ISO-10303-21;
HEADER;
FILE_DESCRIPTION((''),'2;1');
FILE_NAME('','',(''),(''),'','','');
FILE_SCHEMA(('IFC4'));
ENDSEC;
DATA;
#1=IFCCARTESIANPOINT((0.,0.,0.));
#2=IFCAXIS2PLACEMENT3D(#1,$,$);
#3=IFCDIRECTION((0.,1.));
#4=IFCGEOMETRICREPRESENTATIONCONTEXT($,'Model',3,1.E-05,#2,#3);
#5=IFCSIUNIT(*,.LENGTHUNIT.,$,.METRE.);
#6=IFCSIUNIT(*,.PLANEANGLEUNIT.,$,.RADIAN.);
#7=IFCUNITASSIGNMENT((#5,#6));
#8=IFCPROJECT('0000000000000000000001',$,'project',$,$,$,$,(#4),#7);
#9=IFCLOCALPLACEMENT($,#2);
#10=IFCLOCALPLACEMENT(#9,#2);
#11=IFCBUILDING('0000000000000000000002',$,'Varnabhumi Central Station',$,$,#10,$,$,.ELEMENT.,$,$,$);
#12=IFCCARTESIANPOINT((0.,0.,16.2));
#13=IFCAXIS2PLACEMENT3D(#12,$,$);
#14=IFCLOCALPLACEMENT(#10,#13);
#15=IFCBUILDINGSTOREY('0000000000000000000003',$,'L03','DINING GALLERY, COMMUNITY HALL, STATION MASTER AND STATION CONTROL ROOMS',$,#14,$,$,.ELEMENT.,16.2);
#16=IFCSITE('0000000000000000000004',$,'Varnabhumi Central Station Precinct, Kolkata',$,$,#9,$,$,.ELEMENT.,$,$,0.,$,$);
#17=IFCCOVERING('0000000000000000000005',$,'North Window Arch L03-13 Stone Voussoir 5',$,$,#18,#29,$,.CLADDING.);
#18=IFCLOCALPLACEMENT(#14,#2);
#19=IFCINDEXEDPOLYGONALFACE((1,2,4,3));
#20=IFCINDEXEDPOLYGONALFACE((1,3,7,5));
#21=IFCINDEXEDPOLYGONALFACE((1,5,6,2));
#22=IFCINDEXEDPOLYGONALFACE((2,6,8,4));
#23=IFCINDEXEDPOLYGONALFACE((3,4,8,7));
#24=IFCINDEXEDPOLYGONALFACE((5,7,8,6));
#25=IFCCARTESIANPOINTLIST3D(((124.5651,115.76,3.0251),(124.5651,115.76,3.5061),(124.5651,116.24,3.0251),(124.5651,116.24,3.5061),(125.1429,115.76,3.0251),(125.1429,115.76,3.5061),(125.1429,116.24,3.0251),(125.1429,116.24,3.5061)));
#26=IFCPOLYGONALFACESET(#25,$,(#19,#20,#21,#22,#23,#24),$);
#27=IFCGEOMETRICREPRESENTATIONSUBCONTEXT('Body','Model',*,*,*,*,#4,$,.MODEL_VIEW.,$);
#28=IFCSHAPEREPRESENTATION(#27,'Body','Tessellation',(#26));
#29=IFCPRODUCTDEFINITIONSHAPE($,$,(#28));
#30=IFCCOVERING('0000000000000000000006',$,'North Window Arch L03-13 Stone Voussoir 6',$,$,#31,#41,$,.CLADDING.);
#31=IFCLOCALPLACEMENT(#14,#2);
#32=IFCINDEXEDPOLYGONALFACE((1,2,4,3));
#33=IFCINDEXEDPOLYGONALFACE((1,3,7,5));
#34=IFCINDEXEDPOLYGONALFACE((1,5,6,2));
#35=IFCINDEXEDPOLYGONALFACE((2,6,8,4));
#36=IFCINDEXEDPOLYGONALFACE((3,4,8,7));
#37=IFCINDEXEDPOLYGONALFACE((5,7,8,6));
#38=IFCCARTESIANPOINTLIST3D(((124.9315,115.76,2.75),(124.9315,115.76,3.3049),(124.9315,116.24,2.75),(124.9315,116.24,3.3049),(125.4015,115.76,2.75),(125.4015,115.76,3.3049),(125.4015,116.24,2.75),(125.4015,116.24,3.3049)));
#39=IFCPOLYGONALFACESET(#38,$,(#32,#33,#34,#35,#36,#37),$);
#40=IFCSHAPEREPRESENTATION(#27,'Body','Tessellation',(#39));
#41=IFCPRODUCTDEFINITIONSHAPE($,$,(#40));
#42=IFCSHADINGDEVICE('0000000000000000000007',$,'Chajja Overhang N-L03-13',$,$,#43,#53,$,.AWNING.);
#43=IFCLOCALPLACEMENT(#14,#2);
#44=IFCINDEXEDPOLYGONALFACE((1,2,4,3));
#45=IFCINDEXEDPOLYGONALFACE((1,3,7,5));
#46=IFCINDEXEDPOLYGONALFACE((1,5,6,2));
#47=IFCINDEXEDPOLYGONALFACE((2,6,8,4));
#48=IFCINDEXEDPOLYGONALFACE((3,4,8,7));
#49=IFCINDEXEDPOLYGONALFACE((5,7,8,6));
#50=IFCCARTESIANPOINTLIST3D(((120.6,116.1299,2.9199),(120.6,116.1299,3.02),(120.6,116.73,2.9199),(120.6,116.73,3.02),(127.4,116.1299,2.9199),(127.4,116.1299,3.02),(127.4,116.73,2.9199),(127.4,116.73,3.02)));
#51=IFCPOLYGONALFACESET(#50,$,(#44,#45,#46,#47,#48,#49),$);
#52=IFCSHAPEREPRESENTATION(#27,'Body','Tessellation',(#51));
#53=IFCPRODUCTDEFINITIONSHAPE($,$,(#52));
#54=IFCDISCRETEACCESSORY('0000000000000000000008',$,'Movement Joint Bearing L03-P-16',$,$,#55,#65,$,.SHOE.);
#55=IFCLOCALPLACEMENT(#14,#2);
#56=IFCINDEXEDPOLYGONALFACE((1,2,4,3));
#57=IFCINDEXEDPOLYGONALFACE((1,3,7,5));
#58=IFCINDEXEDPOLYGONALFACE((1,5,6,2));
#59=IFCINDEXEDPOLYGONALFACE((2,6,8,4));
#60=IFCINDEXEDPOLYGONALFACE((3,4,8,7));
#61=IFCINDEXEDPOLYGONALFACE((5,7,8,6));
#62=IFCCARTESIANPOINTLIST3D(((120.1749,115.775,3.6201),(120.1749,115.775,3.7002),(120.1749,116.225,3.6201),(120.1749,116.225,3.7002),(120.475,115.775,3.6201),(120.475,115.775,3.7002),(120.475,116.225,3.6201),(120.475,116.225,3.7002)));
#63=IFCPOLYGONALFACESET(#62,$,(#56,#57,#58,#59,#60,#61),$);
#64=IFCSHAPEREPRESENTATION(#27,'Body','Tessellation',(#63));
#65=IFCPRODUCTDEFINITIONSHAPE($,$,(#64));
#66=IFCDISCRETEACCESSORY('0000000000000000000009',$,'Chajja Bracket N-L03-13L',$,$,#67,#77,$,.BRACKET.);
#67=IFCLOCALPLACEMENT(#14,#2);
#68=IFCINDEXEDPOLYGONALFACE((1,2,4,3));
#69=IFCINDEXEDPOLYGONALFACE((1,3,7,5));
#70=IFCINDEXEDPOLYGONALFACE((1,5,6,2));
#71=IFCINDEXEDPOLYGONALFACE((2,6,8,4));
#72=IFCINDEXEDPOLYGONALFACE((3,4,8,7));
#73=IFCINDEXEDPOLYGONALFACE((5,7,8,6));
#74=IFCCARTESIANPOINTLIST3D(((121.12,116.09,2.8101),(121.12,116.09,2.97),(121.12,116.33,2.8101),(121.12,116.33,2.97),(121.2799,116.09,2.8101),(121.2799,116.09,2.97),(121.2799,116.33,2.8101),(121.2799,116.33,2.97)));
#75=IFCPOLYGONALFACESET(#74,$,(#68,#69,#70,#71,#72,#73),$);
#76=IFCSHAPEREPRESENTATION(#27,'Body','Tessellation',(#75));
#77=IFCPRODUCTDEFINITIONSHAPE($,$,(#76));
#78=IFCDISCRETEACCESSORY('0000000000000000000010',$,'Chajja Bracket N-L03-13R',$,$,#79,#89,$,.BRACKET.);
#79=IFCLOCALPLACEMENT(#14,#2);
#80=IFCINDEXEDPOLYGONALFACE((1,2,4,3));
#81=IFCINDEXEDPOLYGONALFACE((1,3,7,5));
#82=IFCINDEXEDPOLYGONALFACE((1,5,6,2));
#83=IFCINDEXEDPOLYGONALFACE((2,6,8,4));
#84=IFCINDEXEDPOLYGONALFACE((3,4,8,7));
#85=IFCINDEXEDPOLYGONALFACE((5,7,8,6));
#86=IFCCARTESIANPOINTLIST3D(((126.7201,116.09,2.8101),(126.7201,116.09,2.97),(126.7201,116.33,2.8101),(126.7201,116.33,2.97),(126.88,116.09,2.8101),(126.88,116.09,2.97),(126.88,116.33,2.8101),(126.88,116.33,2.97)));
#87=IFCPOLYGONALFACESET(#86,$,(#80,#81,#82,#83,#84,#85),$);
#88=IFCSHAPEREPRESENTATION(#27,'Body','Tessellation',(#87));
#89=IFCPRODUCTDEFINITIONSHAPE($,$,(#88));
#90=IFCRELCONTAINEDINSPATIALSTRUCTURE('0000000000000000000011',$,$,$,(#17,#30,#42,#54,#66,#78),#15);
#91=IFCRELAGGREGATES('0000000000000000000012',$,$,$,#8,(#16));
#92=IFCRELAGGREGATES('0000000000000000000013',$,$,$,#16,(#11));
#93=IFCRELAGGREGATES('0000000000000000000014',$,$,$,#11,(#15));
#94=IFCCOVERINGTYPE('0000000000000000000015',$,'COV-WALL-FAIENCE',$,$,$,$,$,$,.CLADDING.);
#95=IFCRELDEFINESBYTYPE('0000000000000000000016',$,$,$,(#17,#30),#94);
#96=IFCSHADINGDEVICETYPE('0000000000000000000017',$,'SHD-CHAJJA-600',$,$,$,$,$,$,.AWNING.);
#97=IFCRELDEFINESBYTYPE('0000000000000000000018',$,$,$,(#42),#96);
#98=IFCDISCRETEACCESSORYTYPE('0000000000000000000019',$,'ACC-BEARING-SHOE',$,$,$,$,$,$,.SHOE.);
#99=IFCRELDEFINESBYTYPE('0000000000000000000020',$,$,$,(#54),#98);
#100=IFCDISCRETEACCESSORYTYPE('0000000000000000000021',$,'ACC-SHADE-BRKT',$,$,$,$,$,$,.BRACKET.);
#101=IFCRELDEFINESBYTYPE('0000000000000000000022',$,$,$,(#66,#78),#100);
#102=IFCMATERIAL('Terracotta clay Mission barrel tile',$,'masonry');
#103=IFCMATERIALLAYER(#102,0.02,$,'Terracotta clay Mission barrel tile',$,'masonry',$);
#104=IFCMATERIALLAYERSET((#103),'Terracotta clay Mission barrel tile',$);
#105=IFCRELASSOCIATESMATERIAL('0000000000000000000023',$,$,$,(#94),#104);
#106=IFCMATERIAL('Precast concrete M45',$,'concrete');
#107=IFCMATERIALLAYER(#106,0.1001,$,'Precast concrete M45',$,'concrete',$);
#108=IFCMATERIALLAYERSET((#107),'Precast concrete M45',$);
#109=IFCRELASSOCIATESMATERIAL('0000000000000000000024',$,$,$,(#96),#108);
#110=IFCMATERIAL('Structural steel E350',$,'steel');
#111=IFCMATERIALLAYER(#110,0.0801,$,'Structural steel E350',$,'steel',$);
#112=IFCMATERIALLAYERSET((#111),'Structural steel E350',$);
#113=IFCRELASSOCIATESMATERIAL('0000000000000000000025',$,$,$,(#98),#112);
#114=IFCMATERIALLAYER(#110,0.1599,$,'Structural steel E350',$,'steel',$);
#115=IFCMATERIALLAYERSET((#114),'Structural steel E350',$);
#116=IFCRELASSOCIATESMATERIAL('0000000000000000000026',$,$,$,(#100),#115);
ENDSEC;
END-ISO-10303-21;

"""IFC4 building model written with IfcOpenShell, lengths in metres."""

from ifc_helpers import new_model, si_unit, direction, frame, origin, origin_2d, place, context, subcontext, project, spatial, rectangle, extrude, material, layer, layer_set, type_object, element, save


model = new_model("IFC4")

# Units and contexts
model_context = context("Model", 3, precision=1e-05, world=origin(), true_north=direction((0.0, 1.0)))
body_context = subcontext(model_context, "Body", "Model", "MODEL_VIEW")
ifc_project = project(units=[si_unit("LENGTHUNIT", "METRE"), si_unit("PLANEANGLEUNIT", "RADIAN")], contexts=[model_context])

# Site, building, storey
site_placement = place(None, origin())
site = spatial("IfcSite", under=ifc_project, at=site_placement, Name="Varnabhumi Central Station Precinct, Kolkata", CompositionType="ELEMENT", RefElevation=0.0)
building_placement = place(site_placement, origin())
building = spatial("IfcBuilding", under=site, at=building_placement, Name="Varnabhumi Central Station", CompositionType="ELEMENT")
storey_placement = place(building_placement, frame((0.0, 0.0, 16.2)))
storey = spatial("IfcBuildingStorey", under=building, at=storey_placement, Name="L03", Description="DINING GALLERY, COMMUNITY HALL, STATION MASTER AND STATION CONTROL ROOMS", CompositionType="ELEMENT", Elevation=16.2)

# Shared definitions
ifc_material_1 = material(Name="Structural steel E350", Category="steel")

# Shared definitions
ifc_material_2 = material(Name="Terracotta clay Mission barrel tile", Category="masonry")

# Coverings
ifc_layer_1 = layer(ifc_material_2, 0.02, Name="Terracotta clay Mission barrel tile", Category="masonry")
ifc_layer_set_1 = layer_set([ifc_layer_1], Name="Terracotta clay Mission barrel tile")
covering_type = type_object("IfcCoveringType", Name="COV-WALL-FAIENCE", PredefinedType="CLADDING", material=ifc_layer_set_1)
covering_1_placement = place(storey_placement, frame((124.854, 116.0, 3.0251), z_axis=(0.0, 0.0, 1.0), x_axis=(1.0, 0.0, 0.0)))
element("IfcCovering", 1, at=covering_1_placement, inside=storey, type_object=covering_type, Name="North Window Arch L03-13 Stone Voussoir 5", PredefinedType="CLADDING", context=body_context, shape_type="SweptSolid", body=[
    extrude(rectangle(XDim=0.5779, YDim=0.48, at=origin_2d()), origin(), (0.0, 0.0, 1.0), 0.481),
])
covering_2_placement = place(storey_placement, frame((125.1665, 116.0, 2.75), z_axis=(0.0, 0.0, 1.0), x_axis=(1.0, 0.0, 0.0)))
element("IfcCovering", 2, at=covering_2_placement, inside=storey, type_object=covering_type, Name="North Window Arch L03-13 Stone Voussoir 6", PredefinedType="CLADDING", context=body_context, shape_type="SweptSolid", body=[
    extrude(rectangle(XDim=0.47, YDim=0.48, at=origin_2d()), origin(), (0.0, 0.0, 1.0), 0.5549),
])

# Shading device
ifc_material_3 = material(Name="Precast concrete M45", Category="concrete")
ifc_layer_2 = layer(ifc_material_3, 0.1001, Name="Precast concrete M45", Category="concrete")
ifc_layer_set_2 = layer_set([ifc_layer_2], Name="Precast concrete M45")
shading_device_type = type_object("IfcShadingDeviceType", Name="SHD-CHAJJA-600", PredefinedType="AWNING", material=ifc_layer_set_2)
shading_device_placement = place(storey_placement, frame((124.0, 116.4299, 2.9199), z_axis=(0.0, 0.0, 1.0), x_axis=(1.0, 0.0, 0.0)))
element("IfcShadingDevice", 3, at=shading_device_placement, inside=storey, type_object=shading_device_type, Name="Chajja Overhang N-L03-13", PredefinedType="AWNING", context=body_context, shape_type="SweptSolid", body=[
    extrude(rectangle(XDim=6.8, YDim=0.6001, at=origin_2d()), origin(), (0.0, 0.0, 1.0), 0.1001),
])

# Discrete accessories
ifc_layer_3 = layer(ifc_material_1, 0.0801, Name="Structural steel E350", Category="steel")
ifc_layer_set_3 = layer_set([ifc_layer_3], Name="Structural steel E350")
discrete_accessory_type_1 = type_object("IfcDiscreteAccessoryType", Name="ACC-BEARING-SHOE", PredefinedType="SHOE", material=ifc_layer_set_3)
discrete_accessory_placement = place(storey_placement, frame((120.325, 116.0, 3.6201), z_axis=(0.0, 0.0, 1.0), x_axis=(1.0, 0.0, 0.0)))
element("IfcDiscreteAccessory", 4, at=discrete_accessory_placement, inside=storey, type_object=discrete_accessory_type_1, Name="Movement Joint Bearing L03-P-16", PredefinedType="SHOE", context=body_context, shape_type="SweptSolid", body=[
    extrude(rectangle(XDim=0.3, YDim=0.45, at=origin_2d()), origin(), (0.0, 0.0, 1.0), 0.0801),
])
ifc_layer_4 = layer(ifc_material_1, 0.1599, Name="Structural steel E350", Category="steel")
ifc_layer_set_4 = layer_set([ifc_layer_4], Name="Structural steel E350")
discrete_accessory_type_2 = type_object("IfcDiscreteAccessoryType", Name="ACC-SHADE-BRKT", PredefinedType="BRACKET", material=ifc_layer_set_4)
for number, where, z_axis, x_axis, name in (
    (5, (121.2, 116.21, 2.8101), (0.0, 0.0, 1.0), (1.0, 0.0, 0.0), "Chajja Bracket N-L03-13L"),
    (6, (126.8, 116.21, 2.8101), (0.0, 0.0, 1.0), (1.0, 0.0, 0.0), "Chajja Bracket N-L03-13R"),
):
    element("IfcDiscreteAccessory", number, at=place(storey_placement, frame(where, z_axis=z_axis, x_axis=x_axis)), inside=storey, type_object=discrete_accessory_type_2, Name=name, PredefinedType="BRACKET", context=body_context, shape_type="SweptSolid", body=[
        extrude(rectangle(XDim=0.1599, YDim=0.24, at=origin_2d()), origin(), (0.0, 0.0, 1.0), 0.1599),
    ])

save(model, "model.ifc")
